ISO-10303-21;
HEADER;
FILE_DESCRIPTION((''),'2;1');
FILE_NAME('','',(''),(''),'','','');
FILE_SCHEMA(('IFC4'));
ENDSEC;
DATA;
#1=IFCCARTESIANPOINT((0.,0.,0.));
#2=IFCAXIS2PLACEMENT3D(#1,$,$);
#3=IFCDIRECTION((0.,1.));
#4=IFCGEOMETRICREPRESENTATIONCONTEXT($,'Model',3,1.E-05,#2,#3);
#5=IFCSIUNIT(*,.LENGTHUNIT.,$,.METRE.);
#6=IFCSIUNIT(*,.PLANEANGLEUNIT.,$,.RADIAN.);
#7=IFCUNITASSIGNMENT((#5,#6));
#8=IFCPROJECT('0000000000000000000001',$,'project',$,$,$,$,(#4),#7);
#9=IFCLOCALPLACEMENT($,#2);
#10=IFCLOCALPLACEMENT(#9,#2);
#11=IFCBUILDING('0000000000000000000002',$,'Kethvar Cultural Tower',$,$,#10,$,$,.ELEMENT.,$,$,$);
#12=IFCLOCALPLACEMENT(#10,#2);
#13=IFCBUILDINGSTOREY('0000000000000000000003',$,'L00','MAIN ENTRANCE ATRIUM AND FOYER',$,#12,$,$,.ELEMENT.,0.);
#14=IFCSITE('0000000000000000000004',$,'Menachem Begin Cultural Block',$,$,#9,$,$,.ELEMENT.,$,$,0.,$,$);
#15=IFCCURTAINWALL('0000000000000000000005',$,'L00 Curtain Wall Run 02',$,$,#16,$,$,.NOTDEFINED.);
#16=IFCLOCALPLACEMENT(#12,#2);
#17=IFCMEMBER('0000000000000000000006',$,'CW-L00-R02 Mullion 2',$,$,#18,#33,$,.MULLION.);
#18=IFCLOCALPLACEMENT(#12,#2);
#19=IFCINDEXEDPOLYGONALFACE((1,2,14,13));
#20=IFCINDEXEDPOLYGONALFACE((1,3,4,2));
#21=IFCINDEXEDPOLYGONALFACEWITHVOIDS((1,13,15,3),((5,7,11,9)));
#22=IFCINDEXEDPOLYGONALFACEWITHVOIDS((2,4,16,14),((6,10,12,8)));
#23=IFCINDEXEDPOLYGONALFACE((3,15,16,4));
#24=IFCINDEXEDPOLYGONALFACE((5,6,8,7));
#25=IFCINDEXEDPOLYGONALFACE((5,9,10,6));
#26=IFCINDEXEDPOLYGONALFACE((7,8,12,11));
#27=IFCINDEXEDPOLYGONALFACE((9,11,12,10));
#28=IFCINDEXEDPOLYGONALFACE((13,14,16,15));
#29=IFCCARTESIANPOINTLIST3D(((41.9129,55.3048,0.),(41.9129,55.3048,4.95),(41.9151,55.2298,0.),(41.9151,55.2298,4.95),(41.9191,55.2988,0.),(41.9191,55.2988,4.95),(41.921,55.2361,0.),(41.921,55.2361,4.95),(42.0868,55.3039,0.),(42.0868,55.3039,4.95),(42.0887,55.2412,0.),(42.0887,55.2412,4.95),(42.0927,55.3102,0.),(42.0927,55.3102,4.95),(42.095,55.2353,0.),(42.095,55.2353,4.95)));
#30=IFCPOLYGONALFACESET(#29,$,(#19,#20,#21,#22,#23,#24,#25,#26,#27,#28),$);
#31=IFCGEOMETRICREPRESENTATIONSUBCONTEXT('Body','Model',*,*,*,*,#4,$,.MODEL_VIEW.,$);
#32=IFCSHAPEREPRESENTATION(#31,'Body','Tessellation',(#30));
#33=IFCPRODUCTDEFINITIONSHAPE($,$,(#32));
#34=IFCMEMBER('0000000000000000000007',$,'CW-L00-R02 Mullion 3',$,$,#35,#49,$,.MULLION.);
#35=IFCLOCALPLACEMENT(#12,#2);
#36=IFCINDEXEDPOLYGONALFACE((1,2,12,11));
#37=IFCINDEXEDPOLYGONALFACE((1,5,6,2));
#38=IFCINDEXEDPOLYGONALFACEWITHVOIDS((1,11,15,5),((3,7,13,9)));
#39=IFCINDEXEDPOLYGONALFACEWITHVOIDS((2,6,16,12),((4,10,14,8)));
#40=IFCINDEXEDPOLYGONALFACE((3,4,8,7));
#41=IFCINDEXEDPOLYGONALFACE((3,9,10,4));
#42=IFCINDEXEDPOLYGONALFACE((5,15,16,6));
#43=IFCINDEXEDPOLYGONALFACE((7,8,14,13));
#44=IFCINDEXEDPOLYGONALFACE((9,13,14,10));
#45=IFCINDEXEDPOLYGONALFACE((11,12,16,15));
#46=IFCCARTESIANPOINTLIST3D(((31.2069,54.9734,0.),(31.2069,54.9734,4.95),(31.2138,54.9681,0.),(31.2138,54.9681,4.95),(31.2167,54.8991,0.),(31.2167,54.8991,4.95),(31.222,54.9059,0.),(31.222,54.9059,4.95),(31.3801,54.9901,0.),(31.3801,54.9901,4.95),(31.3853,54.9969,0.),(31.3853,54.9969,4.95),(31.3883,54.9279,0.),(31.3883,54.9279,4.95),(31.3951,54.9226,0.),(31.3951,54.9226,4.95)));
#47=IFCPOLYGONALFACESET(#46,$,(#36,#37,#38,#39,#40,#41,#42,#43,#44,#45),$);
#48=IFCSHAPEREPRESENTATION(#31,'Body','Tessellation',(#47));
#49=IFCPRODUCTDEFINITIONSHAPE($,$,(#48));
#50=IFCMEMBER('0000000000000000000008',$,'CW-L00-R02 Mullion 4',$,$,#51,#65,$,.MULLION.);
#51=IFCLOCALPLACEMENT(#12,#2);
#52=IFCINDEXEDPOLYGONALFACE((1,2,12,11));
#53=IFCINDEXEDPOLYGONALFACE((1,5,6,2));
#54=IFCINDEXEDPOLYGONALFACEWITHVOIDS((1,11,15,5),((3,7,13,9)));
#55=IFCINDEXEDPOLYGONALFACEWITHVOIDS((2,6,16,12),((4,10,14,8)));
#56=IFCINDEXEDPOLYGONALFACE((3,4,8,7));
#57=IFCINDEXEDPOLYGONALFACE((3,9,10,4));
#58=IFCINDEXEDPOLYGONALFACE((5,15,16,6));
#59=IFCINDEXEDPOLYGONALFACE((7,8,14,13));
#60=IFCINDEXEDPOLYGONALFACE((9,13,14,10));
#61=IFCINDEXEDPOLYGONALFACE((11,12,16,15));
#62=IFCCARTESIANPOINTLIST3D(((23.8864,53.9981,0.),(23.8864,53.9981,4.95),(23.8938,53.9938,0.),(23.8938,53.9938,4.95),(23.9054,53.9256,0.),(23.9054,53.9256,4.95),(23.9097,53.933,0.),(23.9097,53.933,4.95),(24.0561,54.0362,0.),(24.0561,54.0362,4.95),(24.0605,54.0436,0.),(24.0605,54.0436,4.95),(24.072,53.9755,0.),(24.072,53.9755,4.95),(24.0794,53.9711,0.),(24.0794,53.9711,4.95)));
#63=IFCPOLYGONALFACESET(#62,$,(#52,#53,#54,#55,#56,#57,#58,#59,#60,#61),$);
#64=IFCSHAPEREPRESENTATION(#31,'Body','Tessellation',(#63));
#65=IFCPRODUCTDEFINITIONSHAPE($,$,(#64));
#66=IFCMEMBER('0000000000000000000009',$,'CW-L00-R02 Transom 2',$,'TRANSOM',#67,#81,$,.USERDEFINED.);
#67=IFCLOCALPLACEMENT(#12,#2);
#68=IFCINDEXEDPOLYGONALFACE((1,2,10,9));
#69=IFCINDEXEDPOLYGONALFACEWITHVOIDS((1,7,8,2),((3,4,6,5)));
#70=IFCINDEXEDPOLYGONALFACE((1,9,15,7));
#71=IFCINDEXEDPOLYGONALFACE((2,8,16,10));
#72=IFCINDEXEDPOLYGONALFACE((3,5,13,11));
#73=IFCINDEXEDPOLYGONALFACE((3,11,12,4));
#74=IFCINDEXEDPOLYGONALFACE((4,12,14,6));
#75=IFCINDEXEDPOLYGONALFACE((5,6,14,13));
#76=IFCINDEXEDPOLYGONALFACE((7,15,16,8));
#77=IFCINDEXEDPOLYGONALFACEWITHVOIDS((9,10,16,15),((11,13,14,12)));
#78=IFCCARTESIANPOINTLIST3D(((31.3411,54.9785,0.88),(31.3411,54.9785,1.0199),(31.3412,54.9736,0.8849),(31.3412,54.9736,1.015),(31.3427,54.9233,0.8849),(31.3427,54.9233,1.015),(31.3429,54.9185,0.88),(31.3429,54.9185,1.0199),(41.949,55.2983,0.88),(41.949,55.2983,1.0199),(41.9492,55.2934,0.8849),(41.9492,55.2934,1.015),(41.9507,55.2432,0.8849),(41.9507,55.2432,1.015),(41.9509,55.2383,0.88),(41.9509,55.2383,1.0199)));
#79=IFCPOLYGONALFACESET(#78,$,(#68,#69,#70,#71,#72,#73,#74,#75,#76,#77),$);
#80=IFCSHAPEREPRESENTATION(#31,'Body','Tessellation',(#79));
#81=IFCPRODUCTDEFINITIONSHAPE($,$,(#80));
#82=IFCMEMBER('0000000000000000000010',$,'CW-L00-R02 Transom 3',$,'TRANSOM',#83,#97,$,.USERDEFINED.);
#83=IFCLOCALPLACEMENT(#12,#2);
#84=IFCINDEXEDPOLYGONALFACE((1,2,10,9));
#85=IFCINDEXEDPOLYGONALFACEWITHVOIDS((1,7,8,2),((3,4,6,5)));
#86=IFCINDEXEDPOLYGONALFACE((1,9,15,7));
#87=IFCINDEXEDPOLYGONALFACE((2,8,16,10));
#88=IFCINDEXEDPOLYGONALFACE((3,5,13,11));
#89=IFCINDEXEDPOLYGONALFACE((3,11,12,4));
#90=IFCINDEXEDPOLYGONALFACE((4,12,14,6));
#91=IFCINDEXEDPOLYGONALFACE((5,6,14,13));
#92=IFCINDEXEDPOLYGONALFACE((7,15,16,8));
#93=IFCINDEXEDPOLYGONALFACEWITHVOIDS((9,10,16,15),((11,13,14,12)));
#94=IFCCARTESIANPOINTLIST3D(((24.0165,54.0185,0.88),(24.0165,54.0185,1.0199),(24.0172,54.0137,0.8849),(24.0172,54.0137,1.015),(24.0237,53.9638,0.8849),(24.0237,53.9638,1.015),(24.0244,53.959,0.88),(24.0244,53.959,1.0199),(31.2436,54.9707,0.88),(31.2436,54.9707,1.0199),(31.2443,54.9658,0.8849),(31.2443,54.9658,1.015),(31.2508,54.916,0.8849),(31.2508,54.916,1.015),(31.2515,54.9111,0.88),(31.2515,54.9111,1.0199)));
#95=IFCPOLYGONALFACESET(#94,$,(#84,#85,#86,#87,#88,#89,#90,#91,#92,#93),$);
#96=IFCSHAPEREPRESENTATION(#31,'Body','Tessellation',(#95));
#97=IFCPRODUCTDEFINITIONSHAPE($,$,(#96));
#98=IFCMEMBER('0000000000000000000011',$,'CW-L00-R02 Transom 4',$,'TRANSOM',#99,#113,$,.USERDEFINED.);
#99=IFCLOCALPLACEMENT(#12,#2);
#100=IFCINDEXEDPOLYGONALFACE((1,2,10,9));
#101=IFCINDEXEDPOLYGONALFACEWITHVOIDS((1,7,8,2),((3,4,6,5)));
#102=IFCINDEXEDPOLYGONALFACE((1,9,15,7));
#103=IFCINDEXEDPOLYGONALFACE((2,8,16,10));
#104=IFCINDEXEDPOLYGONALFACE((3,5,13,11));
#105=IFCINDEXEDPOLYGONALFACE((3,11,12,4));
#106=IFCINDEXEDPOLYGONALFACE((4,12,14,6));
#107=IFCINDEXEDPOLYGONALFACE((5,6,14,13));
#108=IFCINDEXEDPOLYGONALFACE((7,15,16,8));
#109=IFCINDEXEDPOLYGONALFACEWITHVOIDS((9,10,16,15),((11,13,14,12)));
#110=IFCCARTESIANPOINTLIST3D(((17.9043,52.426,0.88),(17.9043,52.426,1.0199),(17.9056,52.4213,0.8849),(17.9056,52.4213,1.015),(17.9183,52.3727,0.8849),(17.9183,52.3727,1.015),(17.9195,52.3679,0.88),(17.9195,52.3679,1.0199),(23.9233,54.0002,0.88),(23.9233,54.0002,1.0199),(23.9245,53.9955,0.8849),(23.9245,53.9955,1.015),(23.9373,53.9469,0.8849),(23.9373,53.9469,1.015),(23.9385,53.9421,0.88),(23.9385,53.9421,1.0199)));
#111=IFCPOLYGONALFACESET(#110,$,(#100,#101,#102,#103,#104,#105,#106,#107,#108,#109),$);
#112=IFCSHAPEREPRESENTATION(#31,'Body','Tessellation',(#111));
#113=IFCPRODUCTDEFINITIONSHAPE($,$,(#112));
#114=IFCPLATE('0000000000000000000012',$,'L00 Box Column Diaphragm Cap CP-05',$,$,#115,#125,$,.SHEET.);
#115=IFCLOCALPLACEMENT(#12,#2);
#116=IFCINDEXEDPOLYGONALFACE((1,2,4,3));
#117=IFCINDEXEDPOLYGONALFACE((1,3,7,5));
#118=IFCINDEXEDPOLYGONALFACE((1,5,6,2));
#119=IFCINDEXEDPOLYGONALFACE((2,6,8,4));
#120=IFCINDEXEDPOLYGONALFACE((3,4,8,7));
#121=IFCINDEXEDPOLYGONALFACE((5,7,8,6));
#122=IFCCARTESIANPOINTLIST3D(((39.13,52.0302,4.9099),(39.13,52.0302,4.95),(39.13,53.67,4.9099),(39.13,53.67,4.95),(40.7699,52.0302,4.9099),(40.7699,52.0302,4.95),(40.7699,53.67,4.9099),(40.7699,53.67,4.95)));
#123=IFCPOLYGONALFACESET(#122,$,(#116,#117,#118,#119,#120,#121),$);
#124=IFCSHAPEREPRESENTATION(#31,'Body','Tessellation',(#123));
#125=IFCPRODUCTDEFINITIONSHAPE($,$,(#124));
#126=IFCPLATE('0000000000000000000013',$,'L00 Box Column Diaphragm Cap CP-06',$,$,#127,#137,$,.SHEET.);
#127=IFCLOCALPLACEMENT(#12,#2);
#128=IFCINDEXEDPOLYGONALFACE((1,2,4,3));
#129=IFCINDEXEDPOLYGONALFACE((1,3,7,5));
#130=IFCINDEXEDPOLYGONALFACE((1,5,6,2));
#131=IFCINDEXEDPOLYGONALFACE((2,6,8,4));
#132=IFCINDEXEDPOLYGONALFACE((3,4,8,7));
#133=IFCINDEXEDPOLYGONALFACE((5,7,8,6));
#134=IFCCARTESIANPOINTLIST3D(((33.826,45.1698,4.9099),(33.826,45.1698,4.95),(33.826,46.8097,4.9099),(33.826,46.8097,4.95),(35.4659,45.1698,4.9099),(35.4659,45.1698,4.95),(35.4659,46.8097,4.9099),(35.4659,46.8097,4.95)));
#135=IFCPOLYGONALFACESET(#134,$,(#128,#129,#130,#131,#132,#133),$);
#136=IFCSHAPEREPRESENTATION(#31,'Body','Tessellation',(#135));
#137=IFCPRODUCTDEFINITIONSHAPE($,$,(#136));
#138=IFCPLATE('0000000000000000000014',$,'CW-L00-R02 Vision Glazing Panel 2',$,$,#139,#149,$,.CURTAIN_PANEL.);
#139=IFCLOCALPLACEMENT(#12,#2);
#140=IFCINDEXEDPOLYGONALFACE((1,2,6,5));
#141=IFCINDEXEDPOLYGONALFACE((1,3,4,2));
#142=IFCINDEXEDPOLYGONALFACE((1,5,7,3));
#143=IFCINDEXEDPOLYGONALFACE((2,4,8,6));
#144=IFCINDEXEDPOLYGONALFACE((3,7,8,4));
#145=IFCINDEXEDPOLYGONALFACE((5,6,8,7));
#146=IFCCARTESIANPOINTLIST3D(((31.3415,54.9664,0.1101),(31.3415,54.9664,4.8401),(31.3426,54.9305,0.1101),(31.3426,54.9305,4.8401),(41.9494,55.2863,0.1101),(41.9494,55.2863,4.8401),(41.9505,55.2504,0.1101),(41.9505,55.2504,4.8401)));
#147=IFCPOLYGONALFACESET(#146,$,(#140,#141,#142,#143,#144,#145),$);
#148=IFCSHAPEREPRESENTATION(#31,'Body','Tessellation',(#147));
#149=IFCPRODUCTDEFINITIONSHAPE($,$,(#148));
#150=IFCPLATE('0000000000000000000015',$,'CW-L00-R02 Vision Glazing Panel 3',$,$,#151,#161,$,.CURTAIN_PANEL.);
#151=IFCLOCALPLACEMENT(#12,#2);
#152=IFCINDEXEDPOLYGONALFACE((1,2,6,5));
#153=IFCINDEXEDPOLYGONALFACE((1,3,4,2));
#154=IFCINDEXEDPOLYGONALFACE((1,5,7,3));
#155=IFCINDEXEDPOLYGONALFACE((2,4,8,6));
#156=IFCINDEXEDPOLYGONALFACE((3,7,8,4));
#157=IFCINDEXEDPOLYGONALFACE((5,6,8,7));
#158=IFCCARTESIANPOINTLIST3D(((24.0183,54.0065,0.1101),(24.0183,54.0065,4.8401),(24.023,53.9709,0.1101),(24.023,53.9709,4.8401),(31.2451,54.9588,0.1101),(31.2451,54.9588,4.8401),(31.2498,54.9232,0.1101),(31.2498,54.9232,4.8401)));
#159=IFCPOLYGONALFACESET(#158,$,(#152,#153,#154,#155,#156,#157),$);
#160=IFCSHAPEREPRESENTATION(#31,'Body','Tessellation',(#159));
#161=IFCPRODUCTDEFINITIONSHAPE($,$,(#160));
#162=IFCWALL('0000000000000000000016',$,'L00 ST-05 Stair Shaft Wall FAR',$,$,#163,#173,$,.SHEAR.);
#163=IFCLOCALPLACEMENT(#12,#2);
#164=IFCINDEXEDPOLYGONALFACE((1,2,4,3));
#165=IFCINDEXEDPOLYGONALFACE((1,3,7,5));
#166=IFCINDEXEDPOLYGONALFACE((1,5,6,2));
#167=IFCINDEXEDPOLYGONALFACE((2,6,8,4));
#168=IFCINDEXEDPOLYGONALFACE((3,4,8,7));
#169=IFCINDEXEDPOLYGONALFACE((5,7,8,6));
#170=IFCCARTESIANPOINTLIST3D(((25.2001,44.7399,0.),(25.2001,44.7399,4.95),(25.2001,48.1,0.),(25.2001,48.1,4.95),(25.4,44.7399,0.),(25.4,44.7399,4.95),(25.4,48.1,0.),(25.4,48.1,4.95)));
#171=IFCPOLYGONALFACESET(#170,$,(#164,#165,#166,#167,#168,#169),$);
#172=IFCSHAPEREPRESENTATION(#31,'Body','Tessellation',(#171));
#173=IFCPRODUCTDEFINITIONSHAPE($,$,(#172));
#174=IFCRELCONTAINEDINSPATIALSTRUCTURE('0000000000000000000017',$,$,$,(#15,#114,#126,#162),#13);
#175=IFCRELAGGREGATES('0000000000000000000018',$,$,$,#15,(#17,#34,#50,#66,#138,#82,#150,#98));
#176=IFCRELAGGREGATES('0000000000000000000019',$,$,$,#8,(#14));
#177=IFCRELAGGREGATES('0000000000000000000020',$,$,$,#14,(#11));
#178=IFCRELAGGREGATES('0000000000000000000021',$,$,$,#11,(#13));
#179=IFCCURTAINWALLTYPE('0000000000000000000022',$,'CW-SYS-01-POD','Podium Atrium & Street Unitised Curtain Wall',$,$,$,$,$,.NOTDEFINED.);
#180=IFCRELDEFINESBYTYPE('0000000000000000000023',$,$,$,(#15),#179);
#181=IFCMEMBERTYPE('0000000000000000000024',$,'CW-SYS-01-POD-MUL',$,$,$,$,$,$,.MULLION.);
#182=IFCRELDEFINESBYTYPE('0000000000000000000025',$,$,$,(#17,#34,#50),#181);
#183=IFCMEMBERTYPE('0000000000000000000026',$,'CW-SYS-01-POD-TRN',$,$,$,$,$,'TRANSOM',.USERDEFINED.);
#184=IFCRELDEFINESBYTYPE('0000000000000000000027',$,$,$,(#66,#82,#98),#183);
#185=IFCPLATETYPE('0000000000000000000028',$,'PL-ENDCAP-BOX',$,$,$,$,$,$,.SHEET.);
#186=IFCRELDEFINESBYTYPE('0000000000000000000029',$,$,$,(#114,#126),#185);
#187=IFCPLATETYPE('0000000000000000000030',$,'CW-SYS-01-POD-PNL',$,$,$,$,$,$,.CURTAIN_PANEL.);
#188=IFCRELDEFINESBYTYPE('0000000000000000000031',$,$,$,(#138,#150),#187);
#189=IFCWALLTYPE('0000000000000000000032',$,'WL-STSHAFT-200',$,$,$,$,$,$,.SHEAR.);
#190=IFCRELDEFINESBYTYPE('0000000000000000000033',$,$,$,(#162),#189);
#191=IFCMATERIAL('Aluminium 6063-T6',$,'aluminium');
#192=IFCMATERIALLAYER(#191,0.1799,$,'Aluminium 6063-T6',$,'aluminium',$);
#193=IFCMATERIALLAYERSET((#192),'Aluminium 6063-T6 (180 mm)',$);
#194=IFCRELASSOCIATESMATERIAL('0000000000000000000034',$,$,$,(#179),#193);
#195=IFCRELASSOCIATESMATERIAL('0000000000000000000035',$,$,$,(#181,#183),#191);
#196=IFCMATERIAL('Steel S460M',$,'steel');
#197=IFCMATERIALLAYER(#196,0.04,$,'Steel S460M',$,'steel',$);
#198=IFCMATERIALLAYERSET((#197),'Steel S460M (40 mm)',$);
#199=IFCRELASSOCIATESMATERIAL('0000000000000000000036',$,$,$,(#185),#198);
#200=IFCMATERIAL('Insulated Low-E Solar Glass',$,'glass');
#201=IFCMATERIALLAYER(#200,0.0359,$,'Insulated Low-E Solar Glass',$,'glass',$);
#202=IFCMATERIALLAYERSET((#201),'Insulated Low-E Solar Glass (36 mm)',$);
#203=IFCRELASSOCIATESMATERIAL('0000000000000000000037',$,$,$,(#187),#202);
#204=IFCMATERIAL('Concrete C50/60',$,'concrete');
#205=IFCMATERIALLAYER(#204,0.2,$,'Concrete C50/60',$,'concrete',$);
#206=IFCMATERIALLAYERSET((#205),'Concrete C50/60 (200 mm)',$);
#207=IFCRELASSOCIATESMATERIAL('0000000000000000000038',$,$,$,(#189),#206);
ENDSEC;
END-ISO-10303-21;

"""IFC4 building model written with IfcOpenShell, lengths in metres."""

from ifc_helpers import new_model, si_unit, direction, frame, frame_2d, origin, origin_2d, place, context, subcontext, project, spatial, rectangle, hollow_rectangle, extrude, source, transform, mapped, material, layer, layer_set, material_profile, profile_set, type_object, element, aggregate, save


model = new_model("IFC4")

# Units and contexts
model_context = context("Model", 3, precision=1e-05, world=origin(), true_north=direction((0.0, 1.0)))
body_context = subcontext(model_context, "Body", "Model", "MODEL_VIEW")
ifc_project = project(units=[si_unit("LENGTHUNIT", "METRE"), si_unit("PLANEANGLEUNIT", "RADIAN")], contexts=[model_context])

# Site, building, storey
site_placement = place(None, origin())
site = spatial("IfcSite", under=ifc_project, at=site_placement, Name="Menachem Begin Cultural Block", CompositionType="ELEMENT", RefElevation=0.0)
building_placement = place(site_placement, origin())
building = spatial("IfcBuilding", under=site, at=building_placement, Name="Kethvar Cultural Tower", CompositionType="ELEMENT")
storey_placement = place(building_placement, origin())
storey = spatial("IfcBuildingStorey", under=building, at=storey_placement, Name="L00", Description="MAIN ENTRANCE ATRIUM AND FOYER", CompositionType="ELEMENT", Elevation=0.0)

# Shared definitions
ifc_material_1 = material(Name="Steel S460M", Category="steel")

# Curtain wall, members
ifc_material_2 = material(Name="Aluminium 6063-T6", Category="aluminium")
ifc_layer_1 = layer(ifc_material_2, 0.1799, Name="Aluminium 6063-T6", Category="aluminium")
ifc_layer_set_1 = layer_set([ifc_layer_1], Name="Aluminium 6063-T6 (180 mm)")
curtain_wall_type = type_object("IfcCurtainWallType", Name="CW-SYS-01-POD", Description="Podium Atrium & Street Unitised Curtain Wall", PredefinedType="NOTDEFINED", material=ifc_layer_set_1)
curtain_wall_placement = place(storey_placement, origin())
curtain_wall = element("IfcCurtainWall", 1, at=curtain_wall_placement, inside=storey, type_object=curtain_wall_type, Name="L00 Curtain Wall Run 02", PredefinedType="NOTDEFINED")
ifc_material_profile_1 = material_profile(ifc_material_2, hollow_rectangle(XDim=0.075, YDim=0.1799, WallThickness=0.0061, at=origin_2d()), Name="Aluminium 6063-T6 — RHS180x75x6")
ifc_profile_set_1 = profile_set([ifc_material_profile_1], Name="Aluminium 6063-T6 — RHS180x75x6")
member_type_1 = type_object("IfcMemberType", Name="CW-SYS-01-POD-MUL", PredefinedType="MULLION", material=ifc_profile_set_1)
shared_shape_1 = source(origin(), body_context, "Body", "SweptSolid", [
    extrude(hollow_rectangle(XDim=0.075, YDim=0.1799, WallThickness=0.0061, at=origin_2d()), origin(), (0.0, 0.0, 1.0), 4.95),
])
member_1_placement = place(storey_placement, frame((42.0039, 55.27, 0.0), z_axis=(0.0, 0.0, 1.0), x_axis=(0.030137, -0.999546, 0.0)))
member_1 = element("IfcMember", 2, at=member_1_placement, type_object=member_type_1, Name="CW-L00-R02 Mullion 2", PredefinedType="MULLION", context=body_context, shape_type="MappedRepresentation", body=[
    mapped(shared_shape_1, transform((0.0, 0.0, 0.0), scale=1.0)),
])
member_2_placement = place(storey_placement, frame((31.301, 54.948, 0.0), z_axis=(0.0, 0.0, 1.0), x_axis=(0.130647, -0.991429, 0.0)))
member_2 = element("IfcMember", 3, at=member_2_placement, type_object=member_type_1, Name="CW-L00-R02 Mullion 3", PredefinedType="MULLION", context=body_context, shape_type="MappedRepresentation", body=[
    mapped(shared_shape_1, transform((0.0, 0.0, 0.0), scale=1.0)),
])
member_3_placement = place(storey_placement, frame((23.9829, 53.9846, 0.0), z_axis=(0.0, 0.0, 1.0), x_axis=(0.253032, -0.967458, 0.0)))
member_3 = element("IfcMember", 4, at=member_3_placement, type_object=member_type_1, Name="CW-L00-R02 Mullion 4", PredefinedType="MULLION", context=body_context, shape_type="MappedRepresentation", body=[
    mapped(shared_shape_1, transform((0.0, 0.0, 0.0), scale=1.0)),
])
ifc_material_profile_2 = material_profile(ifc_material_2, hollow_rectangle(XDim=0.0601, YDim=0.1399, WallThickness=0.0049, at=origin_2d()), Name="Aluminium 6063-T6 — RHS140x60x5")
ifc_profile_set_2 = profile_set([ifc_material_profile_2], Name="Aluminium 6063-T6 — RHS140x60x5")
member_type_2 = type_object("IfcMemberType", Name="CW-SYS-01-POD-TRN", ElementType="TRANSOM", PredefinedType="USERDEFINED", material=ifc_profile_set_2)
shared_shape_2 = source(origin(), body_context, "Body", "SweptSolid", [
    extrude(hollow_rectangle(XDim=0.0601, YDim=0.1399, WallThickness=0.0049, at=origin_2d()), origin(), (0.0, 0.0, 1.0), 10.6128),
])
member_4_placement = place(storey_placement, frame((41.95, 55.2683, 0.95), z_axis=(-0.999546, -0.030136, 0.0), x_axis=(0.030136, -0.999546, 0.0)))
member_4 = element("IfcMember", 5, at=member_4_placement, type_object=member_type_2, Name="CW-L00-R02 Transom 2", ObjectType="TRANSOM", PredefinedType="USERDEFINED", context=body_context, shape_type="MappedRepresentation", body=[
    mapped(shared_shape_2, transform((0.0, 0.0, 0.0), scale=1.0)),
])
shared_shape_3 = source(origin(), body_context, "Body", "SweptSolid", [
    extrude(hollow_rectangle(XDim=0.0601, YDim=0.1399, WallThickness=0.0049, at=origin_2d()), origin(), (0.0, 0.0, 1.0), 7.2896),
])
member_5_placement = place(storey_placement, frame((31.2476, 54.9409, 0.95), z_axis=(-0.991433, -0.130619, 0.0), x_axis=(0.130619, -0.991433, 0.0)))
member_5 = element("IfcMember", 6, at=member_5_placement, type_object=member_type_2, Name="CW-L00-R02 Transom 3", ObjectType="TRANSOM", PredefinedType="USERDEFINED", context=body_context, shape_type="MappedRepresentation", body=[
    mapped(shared_shape_3, transform((0.0, 0.0, 0.0), scale=1.0)),
])
shared_shape_4 = source(origin(), body_context, "Body", "SweptSolid", [
    extrude(hollow_rectangle(XDim=0.0601, YDim=0.1399, WallThickness=0.0049, at=origin_2d()), origin(), (0.0, 0.0, 1.0), 6.2214),
])
member_6_placement = place(storey_placement, frame((23.9309, 53.9712, 0.95), z_axis=(-0.967459, -0.253029, 0.0), x_axis=(0.253029, -0.967459, 0.0)))
member_6 = element("IfcMember", 7, at=member_6_placement, type_object=member_type_2, Name="CW-L00-R02 Transom 4", ObjectType="TRANSOM", PredefinedType="USERDEFINED", context=body_context, shape_type="MappedRepresentation", body=[
    mapped(shared_shape_4, transform((0.0, 0.0, 0.0), scale=1.0)),
])

# Plates
ifc_layer_2 = layer(ifc_material_1, 0.04, Name="Steel S460M", Category="steel")
ifc_layer_set_2 = layer_set([ifc_layer_2], Name="Steel S460M (40 mm)")
plate_type_1 = type_object("IfcPlateType", Name="PL-ENDCAP-BOX", PredefinedType="SHEET", material=ifc_layer_set_2)
shared_shape_5 = source(origin(), body_context, "Body", "SweptSolid", [
    extrude(rectangle(XDim=1.6399, YDim=1.6399, at=origin_2d()), origin(), (0.0, 0.0, 1.0), 0.04),
])
for number, where, z_axis, x_axis, name in (
    (8, (39.95, 52.8501, 4.9099), (0.0, 0.0, 1.0), (1.0, 0.0, 0.0), "L00 Box Column Diaphragm Cap CP-05"),
    (9, (34.646, 45.9897, 4.9099), (0.0, 0.0, 1.0), (1.0, 0.0, 0.0), "L00 Box Column Diaphragm Cap CP-06"),
):
    element("IfcPlate", number, at=place(storey_placement, frame(where, z_axis=z_axis, x_axis=x_axis)), inside=storey, type_object=plate_type_1, Name=name, PredefinedType="SHEET", context=body_context, shape_type="MappedRepresentation", body=[
        mapped(shared_shape_5, transform((0.0, 0.0, 0.0), scale=1.0)),
    ])

# Plates
ifc_material_3 = material(Name="Insulated Low-E Solar Glass", Category="glass")
ifc_layer_3 = layer(ifc_material_3, 0.0359, Name="Insulated Low-E Solar Glass", Category="glass")
ifc_layer_set_3 = layer_set([ifc_layer_3], Name="Insulated Low-E Solar Glass (36 mm)")
plate_type_2 = type_object("IfcPlateType", Name="CW-SYS-01-POD-PNL", PredefinedType="CURTAIN_PANEL", material=ifc_layer_set_3)
shared_shape_6 = source(origin(), body_context, "Body", "SweptSolid", [
    extrude(rectangle(XDim=10.6128, YDim=0.0359, at=origin_2d()), origin(), (0.0, 0.0, 1.0), 4.73),
])
plate_1_placement = place(storey_placement, frame((36.646, 55.1084, 0.1101), z_axis=(0.0, 0.0, 1.0), x_axis=(-0.999546, -0.030137, 0.0)))
plate_1 = element("IfcPlate", 10, at=plate_1_placement, type_object=plate_type_2, Name="CW-L00-R02 Vision Glazing Panel 2", PredefinedType="CURTAIN_PANEL", context=body_context, shape_type="MappedRepresentation", body=[
    mapped(shared_shape_6, transform((0.0, 0.0, 0.0), scale=1.0)),
])
shared_shape_7 = source(origin(), body_context, "Body", "SweptSolid", [
    extrude(rectangle(XDim=7.2893, YDim=0.0359, at=origin_2d()), origin(), (0.0, 0.0, 1.0), 4.73),
])
plate_2_placement = place(storey_placement, frame((27.634, 54.4648, 0.1101), z_axis=(0.0, 0.0, 1.0), x_axis=(-0.991429, -0.130647, 0.0)))
plate_2 = element("IfcPlate", 11, at=plate_2_placement, type_object=plate_type_2, Name="CW-L00-R02 Vision Glazing Panel 3", PredefinedType="CURTAIN_PANEL", context=body_context, shape_type="MappedRepresentation", body=[
    mapped(shared_shape_7, transform((0.0, 0.0, 0.0), scale=1.0)),
])
aggregate(curtain_wall, [member_1, member_2, member_3, member_4, plate_1, member_5, plate_2, member_6])

# Wall
ifc_material_4 = material(Name="Concrete C50/60", Category="concrete")
ifc_layer_4 = layer(ifc_material_4, 0.2, Name="Concrete C50/60", Category="concrete")
ifc_layer_set_4 = layer_set([ifc_layer_4], Name="Concrete C50/60 (200 mm)")
wall_type = type_object("IfcWallType", Name="WL-STSHAFT-200", PredefinedType="SHEAR", material=ifc_layer_set_4)
wall_placement = place(storey_placement, frame((25.3, 48.1001, 0.0), z_axis=(0.0, 0.0, 1.0), x_axis=(0.0, -1.0, 0.0)))
element("IfcWall", 12, at=wall_placement, inside=storey, type_object=wall_type, Name="L00 ST-05 Stair Shaft Wall FAR", PredefinedType="SHEAR", context=body_context, shape_type="SweptSolid", body=[
    extrude(rectangle(XDim=3.3601, YDim=0.2, at=frame_2d((1.6802, 0.0))), origin(), (0.0, 0.0, 1.0), 4.95),
])

save(model, "model.ifc")
